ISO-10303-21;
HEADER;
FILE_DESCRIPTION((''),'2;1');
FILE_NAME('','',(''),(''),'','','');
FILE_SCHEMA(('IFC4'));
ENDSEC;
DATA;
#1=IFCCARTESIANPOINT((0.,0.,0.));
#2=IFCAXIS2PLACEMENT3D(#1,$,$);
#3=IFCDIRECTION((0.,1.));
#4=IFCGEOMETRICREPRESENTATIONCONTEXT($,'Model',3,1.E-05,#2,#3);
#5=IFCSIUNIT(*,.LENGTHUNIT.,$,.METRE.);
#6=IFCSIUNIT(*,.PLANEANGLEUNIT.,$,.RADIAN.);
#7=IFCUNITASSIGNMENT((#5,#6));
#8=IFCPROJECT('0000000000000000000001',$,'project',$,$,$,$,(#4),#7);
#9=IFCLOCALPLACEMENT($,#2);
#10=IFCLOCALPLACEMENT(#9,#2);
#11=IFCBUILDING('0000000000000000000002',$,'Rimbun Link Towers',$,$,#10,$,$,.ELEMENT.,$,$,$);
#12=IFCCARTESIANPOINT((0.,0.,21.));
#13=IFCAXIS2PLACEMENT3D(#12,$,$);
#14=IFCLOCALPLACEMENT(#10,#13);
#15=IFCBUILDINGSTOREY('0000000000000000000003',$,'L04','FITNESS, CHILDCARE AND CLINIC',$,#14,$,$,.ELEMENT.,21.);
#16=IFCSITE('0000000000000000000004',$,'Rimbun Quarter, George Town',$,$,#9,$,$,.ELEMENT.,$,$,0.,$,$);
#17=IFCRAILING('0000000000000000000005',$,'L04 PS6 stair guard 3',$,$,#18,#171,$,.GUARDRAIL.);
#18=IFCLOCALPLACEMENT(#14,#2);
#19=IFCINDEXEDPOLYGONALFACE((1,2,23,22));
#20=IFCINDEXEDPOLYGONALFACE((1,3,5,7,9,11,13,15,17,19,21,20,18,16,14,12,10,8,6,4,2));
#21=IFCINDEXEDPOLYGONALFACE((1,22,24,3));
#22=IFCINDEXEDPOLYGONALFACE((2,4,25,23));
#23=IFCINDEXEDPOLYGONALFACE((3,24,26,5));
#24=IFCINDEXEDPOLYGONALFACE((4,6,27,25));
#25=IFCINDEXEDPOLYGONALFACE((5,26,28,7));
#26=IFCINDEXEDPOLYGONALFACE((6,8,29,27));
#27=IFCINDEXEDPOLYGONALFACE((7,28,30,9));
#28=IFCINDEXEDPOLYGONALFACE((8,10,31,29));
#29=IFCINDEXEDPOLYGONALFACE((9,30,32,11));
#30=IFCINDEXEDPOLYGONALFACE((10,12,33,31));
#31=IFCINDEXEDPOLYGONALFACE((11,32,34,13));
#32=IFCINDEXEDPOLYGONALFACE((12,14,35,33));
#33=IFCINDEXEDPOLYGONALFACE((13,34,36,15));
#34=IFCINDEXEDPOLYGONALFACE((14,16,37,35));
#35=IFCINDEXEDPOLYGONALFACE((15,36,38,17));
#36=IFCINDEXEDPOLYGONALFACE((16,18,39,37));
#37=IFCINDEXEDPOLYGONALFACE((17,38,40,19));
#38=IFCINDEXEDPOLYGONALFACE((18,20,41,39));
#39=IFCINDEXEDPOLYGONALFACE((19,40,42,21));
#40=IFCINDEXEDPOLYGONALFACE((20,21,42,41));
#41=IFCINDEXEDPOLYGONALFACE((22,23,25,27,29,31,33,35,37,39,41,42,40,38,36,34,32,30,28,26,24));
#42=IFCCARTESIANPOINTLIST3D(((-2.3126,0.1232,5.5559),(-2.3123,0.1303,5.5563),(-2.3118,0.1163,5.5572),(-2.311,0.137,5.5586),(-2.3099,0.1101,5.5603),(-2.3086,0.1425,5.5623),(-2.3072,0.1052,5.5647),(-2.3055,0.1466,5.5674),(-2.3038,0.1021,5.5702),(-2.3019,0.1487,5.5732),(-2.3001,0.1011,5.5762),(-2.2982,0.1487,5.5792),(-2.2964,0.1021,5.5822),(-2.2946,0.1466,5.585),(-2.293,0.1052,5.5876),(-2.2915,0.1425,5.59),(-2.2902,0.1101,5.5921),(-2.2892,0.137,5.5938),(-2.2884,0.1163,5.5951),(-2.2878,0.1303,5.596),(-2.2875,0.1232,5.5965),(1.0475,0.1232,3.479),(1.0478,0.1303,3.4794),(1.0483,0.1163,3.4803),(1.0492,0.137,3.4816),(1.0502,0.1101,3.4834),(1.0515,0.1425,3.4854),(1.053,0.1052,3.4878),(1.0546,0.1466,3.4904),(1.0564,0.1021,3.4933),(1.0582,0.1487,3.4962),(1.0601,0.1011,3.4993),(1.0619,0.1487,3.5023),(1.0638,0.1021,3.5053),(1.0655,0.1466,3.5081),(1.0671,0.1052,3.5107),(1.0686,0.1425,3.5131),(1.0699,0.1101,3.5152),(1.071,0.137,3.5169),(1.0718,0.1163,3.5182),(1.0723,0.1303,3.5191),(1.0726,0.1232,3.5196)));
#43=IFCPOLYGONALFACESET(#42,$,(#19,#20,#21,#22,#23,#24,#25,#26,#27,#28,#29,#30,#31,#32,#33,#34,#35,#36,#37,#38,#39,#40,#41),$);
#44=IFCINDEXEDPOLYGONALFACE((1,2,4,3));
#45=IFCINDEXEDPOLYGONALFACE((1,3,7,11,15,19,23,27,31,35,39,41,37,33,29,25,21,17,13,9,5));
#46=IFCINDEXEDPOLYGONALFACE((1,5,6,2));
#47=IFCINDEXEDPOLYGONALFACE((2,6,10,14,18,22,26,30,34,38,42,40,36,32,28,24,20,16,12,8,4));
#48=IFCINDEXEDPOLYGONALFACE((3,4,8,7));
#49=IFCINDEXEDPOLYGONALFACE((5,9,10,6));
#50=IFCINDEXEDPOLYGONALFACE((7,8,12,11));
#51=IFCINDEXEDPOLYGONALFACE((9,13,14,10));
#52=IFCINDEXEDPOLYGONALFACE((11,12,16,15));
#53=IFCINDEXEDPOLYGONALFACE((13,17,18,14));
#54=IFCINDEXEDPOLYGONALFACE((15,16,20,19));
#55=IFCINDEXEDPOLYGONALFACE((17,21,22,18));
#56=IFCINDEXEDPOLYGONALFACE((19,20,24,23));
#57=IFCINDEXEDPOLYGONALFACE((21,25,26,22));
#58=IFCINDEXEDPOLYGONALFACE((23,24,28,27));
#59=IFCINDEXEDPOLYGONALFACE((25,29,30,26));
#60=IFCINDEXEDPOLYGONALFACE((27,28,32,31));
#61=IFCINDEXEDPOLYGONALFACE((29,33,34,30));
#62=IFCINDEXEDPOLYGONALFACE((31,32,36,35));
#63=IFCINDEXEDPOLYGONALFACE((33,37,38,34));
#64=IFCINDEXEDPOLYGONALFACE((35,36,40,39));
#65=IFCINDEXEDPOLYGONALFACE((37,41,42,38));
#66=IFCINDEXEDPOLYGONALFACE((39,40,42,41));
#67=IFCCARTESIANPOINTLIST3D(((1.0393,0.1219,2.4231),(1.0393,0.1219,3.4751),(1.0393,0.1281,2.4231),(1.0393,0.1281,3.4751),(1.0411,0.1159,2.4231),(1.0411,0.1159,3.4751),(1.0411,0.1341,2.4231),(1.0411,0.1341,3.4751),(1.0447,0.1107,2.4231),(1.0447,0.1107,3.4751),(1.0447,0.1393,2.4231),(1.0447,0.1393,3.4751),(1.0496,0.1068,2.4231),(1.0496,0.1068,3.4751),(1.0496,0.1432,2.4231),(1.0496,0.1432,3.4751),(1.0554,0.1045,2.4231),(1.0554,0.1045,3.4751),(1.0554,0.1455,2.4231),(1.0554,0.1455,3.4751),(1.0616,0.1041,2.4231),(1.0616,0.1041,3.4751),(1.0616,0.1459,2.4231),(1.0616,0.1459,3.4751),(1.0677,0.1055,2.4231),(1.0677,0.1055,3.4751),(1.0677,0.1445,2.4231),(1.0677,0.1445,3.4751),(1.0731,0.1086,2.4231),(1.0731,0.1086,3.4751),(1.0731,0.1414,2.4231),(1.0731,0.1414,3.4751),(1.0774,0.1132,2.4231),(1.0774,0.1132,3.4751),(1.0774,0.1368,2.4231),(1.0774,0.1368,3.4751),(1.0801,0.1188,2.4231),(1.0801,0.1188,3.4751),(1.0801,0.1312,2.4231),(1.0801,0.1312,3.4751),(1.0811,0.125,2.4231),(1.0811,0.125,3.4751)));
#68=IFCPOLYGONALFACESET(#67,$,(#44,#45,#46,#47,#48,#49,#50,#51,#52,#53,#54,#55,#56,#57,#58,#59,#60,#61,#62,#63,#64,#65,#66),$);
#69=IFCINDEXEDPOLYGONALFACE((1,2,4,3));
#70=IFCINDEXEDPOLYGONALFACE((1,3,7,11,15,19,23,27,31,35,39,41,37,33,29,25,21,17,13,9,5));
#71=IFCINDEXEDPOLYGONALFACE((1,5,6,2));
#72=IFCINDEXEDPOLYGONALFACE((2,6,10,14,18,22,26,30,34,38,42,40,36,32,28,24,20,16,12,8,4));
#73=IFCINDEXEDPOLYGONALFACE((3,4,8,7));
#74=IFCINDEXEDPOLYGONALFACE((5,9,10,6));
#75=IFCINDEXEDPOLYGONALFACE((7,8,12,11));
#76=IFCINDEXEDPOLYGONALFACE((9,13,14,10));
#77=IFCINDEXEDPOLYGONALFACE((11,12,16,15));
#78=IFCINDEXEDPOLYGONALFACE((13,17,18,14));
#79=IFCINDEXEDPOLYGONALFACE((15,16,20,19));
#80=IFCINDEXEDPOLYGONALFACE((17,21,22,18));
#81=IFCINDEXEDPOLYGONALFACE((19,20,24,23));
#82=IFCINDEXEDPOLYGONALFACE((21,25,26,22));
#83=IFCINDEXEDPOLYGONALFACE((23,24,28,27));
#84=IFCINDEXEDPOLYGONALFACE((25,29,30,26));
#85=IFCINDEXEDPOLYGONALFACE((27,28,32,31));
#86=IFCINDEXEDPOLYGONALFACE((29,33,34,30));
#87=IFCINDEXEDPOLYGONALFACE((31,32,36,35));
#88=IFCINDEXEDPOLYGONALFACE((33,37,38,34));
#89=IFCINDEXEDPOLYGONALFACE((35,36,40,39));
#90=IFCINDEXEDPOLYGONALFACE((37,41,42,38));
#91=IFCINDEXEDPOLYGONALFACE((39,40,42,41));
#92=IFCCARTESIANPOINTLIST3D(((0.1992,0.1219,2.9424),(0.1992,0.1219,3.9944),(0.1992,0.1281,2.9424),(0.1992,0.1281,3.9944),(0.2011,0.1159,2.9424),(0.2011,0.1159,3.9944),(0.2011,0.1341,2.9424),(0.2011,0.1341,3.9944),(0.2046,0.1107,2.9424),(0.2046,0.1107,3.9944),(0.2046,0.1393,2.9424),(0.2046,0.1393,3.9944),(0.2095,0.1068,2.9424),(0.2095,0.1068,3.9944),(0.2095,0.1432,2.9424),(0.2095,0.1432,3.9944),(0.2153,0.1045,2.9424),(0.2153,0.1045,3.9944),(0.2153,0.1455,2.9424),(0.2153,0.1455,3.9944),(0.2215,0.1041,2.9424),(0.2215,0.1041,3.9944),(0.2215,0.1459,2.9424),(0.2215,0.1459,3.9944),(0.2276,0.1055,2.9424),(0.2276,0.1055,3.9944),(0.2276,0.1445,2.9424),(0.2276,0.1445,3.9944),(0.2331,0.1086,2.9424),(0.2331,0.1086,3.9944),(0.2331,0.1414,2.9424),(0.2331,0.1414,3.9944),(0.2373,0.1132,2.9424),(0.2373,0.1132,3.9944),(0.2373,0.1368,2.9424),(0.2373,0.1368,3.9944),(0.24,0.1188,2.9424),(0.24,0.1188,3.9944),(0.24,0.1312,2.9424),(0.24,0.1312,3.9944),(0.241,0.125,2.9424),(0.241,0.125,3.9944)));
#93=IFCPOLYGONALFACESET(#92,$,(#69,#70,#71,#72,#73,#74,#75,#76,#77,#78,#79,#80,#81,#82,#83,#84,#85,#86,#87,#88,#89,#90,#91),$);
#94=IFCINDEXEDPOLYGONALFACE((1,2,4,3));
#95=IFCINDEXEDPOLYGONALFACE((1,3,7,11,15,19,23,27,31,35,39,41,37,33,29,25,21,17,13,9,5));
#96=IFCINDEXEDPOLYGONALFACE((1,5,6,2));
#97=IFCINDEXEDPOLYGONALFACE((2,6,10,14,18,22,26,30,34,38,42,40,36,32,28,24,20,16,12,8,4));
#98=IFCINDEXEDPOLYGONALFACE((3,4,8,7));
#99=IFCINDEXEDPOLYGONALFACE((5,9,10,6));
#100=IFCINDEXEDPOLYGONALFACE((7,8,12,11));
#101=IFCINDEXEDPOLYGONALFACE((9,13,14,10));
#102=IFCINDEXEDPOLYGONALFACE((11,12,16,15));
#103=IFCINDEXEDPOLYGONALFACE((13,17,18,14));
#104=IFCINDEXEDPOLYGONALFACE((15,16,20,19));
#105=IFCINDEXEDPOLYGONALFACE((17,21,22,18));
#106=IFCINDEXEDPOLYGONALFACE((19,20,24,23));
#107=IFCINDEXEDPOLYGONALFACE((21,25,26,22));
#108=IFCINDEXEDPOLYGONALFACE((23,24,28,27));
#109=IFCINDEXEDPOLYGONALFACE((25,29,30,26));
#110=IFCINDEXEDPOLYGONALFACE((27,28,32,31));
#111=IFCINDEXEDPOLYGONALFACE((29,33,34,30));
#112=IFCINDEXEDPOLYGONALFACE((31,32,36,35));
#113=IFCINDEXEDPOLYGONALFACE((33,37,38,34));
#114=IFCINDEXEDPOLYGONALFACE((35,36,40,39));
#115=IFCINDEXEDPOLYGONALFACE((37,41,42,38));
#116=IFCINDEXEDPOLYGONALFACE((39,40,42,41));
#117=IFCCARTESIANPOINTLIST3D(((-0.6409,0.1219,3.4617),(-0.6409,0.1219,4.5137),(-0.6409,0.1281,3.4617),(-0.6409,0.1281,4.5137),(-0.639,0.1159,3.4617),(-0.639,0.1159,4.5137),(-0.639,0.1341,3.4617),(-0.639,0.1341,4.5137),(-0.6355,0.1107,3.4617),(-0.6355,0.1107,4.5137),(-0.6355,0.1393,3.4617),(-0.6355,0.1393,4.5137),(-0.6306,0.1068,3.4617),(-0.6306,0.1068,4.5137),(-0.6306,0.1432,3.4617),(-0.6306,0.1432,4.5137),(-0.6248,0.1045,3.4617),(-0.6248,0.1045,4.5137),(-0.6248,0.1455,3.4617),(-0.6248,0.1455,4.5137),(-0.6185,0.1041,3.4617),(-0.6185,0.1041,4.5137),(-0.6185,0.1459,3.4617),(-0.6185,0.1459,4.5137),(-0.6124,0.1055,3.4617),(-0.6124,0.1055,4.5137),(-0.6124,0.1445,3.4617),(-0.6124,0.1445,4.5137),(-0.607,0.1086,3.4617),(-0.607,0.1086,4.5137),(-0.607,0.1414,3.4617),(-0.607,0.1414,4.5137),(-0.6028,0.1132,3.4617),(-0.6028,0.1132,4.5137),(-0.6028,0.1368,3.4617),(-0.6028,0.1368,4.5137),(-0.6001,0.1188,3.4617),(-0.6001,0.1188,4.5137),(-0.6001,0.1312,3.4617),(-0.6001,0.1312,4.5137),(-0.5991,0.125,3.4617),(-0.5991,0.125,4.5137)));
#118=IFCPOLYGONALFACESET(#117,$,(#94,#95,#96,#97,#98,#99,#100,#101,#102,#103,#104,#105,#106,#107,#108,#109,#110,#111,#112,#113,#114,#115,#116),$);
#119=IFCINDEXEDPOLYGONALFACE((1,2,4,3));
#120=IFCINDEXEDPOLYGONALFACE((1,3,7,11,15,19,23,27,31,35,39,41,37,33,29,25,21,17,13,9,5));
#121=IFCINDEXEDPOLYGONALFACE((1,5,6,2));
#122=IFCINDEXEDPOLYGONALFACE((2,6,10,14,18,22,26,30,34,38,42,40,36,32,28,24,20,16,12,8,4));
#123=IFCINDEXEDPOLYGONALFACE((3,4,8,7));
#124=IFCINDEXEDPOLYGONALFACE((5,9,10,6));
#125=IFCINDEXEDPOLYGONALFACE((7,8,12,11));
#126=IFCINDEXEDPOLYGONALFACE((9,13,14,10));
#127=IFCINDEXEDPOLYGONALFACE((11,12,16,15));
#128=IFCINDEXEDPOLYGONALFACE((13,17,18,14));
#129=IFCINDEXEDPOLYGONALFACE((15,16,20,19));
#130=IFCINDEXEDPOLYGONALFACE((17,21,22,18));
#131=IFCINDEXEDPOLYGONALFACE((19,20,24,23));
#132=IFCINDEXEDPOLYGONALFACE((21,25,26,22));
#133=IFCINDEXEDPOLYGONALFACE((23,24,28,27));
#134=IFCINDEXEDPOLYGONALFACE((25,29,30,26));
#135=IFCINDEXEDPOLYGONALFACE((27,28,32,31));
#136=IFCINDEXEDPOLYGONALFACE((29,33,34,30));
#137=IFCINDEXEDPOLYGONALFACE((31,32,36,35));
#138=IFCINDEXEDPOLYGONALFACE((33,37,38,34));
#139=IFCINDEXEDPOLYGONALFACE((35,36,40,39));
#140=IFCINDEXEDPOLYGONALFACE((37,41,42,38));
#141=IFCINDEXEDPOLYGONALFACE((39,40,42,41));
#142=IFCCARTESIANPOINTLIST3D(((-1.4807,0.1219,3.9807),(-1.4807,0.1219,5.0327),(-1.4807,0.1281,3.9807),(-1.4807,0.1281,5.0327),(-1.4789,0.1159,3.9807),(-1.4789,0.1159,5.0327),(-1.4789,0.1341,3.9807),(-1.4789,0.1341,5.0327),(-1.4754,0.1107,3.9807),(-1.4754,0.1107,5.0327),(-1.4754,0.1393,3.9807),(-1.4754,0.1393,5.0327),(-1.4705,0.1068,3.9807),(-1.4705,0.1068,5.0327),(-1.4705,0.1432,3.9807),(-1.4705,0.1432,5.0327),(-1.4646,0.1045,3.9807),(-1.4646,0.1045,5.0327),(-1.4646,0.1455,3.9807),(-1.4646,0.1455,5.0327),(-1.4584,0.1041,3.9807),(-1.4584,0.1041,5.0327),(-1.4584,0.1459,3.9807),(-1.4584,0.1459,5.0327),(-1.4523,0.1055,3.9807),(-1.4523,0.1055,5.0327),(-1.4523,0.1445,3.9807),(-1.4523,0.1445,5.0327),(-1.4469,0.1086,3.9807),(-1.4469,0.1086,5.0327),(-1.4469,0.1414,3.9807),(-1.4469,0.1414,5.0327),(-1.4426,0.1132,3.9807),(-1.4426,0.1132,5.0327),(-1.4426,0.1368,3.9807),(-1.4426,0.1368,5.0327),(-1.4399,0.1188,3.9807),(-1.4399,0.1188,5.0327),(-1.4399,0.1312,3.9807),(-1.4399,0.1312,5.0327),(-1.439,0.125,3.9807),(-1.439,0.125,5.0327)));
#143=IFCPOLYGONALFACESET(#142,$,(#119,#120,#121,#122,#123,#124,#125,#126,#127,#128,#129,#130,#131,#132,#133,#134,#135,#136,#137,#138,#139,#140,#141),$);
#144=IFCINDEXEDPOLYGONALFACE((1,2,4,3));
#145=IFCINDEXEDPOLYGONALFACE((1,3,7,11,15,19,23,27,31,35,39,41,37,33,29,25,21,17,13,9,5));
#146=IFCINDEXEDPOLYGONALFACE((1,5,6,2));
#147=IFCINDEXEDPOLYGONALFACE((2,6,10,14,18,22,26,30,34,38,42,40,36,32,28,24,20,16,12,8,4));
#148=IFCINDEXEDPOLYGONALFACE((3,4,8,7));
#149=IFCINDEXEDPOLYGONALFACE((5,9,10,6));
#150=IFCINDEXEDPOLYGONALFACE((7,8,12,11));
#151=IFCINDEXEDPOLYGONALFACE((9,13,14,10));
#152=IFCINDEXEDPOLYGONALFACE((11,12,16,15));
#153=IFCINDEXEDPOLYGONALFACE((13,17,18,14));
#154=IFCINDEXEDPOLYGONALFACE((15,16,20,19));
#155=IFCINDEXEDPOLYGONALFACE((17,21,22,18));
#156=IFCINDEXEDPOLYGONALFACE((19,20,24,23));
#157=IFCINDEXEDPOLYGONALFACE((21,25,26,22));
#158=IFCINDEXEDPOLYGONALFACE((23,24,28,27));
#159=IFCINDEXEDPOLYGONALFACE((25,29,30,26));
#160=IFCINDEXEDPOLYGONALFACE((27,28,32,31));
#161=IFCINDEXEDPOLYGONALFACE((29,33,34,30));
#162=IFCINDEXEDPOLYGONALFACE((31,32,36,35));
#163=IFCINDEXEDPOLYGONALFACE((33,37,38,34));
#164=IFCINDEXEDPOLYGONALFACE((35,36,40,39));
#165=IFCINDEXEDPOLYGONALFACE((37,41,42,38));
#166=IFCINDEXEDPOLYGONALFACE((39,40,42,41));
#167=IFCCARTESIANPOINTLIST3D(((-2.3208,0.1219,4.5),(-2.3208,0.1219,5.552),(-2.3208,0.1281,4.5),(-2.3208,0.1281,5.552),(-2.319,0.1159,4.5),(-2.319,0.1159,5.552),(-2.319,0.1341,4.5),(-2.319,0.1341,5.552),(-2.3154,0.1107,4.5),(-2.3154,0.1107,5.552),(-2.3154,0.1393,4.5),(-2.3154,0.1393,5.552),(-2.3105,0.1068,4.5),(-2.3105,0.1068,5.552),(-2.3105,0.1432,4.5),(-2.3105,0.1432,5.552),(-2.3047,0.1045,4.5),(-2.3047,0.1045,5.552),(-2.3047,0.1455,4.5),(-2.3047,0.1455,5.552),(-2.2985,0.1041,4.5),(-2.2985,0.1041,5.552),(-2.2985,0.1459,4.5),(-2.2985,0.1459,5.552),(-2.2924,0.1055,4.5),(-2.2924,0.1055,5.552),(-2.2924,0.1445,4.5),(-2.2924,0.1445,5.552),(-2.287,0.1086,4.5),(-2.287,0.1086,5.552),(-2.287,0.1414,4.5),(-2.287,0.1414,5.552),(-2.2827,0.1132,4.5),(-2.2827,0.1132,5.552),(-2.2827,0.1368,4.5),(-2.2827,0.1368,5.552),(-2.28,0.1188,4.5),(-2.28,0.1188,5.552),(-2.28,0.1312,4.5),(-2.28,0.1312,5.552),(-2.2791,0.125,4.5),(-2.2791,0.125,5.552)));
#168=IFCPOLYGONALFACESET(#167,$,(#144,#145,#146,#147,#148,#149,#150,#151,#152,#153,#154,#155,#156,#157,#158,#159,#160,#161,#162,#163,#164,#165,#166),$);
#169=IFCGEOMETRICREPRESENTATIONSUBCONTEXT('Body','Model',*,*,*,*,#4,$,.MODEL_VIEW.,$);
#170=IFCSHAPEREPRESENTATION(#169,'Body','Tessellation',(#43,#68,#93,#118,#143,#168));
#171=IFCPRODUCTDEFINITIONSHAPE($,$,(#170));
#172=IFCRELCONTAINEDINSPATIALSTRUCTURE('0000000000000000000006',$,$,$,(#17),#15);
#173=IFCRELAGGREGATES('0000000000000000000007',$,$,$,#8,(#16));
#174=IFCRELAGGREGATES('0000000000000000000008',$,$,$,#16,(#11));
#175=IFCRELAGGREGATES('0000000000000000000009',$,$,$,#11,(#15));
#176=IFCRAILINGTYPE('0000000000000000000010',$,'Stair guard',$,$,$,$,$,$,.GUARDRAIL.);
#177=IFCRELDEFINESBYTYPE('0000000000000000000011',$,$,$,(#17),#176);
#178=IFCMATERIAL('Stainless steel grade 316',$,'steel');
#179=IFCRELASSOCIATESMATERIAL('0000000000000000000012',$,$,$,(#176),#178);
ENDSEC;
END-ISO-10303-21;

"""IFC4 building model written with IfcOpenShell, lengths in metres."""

from ifc_helpers import new_model, si_unit, direction, frame, origin, origin_2d, place, context, subcontext, project, spatial, circle, extrude, material, type_object, element, save


model = new_model("IFC4")

# Units and contexts
model_context = context("Model", 3, precision=1e-05, world=origin(), true_north=direction((0.0, 1.0)))
body_context = subcontext(model_context, "Body", "Model", "MODEL_VIEW")
ifc_project = project(units=[si_unit("LENGTHUNIT", "METRE"), si_unit("PLANEANGLEUNIT", "RADIAN")], contexts=[model_context])

# Site, building, storey
site_placement = place(None, origin())
site = spatial("IfcSite", under=ifc_project, at=site_placement, Name="Rimbun Quarter, George Town", CompositionType="ELEMENT", RefElevation=0.0)
building_placement = place(site_placement, origin())
building = spatial("IfcBuilding", under=site, at=building_placement, Name="Rimbun Link Towers", CompositionType="ELEMENT")
storey_placement = place(building_placement, frame((0.0, 0.0, 21.0)))
storey = spatial("IfcBuildingStorey", under=building, at=storey_placement, Name="L04", Description="FITNESS, CHILDCARE AND CLINIC", CompositionType="ELEMENT", Elevation=21.0)

# Railing
ifc_material_1 = material(Name="Stainless steel grade 316", Category="steel")
railing_type_1 = type_object("IfcRailingType", Name="Stair guard", PredefinedType="GUARDRAIL", material=ifc_material_1)
railing_1_placement = place(storey_placement, frame((1.0601, 0.125, 2.4231)))
element("IfcRailing", 1, at=railing_1_placement, inside=storey, type_object=railing_type_1, Name="L04 PS6 stair guard 3", PredefinedType="GUARDRAIL", context=body_context, shape_type="SweptSolid", body=[
    extrude(circle(Radius=0.0239, at=origin_2d()), frame((0.0, 0.0, 1.0762), z_axis=(-0.850623, 0.0, 0.525776), x_axis=(0.0, -1.0, 0.0)), (0.0, 0.0, 1.0), 3.9502),
    extrude(circle(Radius=0.021, at=origin_2d()), origin(), (0.0, 0.0, 1.0), 1.052),
    extrude(circle(Radius=0.021, at=origin_2d()), frame((-0.8401, 0.0, 0.5193)), (0.0, 0.0, 1.0), 1.052),
    extrude(circle(Radius=0.021, at=origin_2d()), frame((-1.6802, 0.0, 1.0386)), (0.0, 0.0, 1.0), 1.052),
    extrude(circle(Radius=0.021, at=origin_2d()), frame((-2.52, 0.0, 1.5576)), (0.0, 0.0, 1.0), 1.052),
    extrude(circle(Radius=0.021, at=origin_2d()), frame((-3.3601, 0.0, 2.0769)), (0.0, 0.0, 1.0), 1.052),
])

save(model, "model.ifc")
